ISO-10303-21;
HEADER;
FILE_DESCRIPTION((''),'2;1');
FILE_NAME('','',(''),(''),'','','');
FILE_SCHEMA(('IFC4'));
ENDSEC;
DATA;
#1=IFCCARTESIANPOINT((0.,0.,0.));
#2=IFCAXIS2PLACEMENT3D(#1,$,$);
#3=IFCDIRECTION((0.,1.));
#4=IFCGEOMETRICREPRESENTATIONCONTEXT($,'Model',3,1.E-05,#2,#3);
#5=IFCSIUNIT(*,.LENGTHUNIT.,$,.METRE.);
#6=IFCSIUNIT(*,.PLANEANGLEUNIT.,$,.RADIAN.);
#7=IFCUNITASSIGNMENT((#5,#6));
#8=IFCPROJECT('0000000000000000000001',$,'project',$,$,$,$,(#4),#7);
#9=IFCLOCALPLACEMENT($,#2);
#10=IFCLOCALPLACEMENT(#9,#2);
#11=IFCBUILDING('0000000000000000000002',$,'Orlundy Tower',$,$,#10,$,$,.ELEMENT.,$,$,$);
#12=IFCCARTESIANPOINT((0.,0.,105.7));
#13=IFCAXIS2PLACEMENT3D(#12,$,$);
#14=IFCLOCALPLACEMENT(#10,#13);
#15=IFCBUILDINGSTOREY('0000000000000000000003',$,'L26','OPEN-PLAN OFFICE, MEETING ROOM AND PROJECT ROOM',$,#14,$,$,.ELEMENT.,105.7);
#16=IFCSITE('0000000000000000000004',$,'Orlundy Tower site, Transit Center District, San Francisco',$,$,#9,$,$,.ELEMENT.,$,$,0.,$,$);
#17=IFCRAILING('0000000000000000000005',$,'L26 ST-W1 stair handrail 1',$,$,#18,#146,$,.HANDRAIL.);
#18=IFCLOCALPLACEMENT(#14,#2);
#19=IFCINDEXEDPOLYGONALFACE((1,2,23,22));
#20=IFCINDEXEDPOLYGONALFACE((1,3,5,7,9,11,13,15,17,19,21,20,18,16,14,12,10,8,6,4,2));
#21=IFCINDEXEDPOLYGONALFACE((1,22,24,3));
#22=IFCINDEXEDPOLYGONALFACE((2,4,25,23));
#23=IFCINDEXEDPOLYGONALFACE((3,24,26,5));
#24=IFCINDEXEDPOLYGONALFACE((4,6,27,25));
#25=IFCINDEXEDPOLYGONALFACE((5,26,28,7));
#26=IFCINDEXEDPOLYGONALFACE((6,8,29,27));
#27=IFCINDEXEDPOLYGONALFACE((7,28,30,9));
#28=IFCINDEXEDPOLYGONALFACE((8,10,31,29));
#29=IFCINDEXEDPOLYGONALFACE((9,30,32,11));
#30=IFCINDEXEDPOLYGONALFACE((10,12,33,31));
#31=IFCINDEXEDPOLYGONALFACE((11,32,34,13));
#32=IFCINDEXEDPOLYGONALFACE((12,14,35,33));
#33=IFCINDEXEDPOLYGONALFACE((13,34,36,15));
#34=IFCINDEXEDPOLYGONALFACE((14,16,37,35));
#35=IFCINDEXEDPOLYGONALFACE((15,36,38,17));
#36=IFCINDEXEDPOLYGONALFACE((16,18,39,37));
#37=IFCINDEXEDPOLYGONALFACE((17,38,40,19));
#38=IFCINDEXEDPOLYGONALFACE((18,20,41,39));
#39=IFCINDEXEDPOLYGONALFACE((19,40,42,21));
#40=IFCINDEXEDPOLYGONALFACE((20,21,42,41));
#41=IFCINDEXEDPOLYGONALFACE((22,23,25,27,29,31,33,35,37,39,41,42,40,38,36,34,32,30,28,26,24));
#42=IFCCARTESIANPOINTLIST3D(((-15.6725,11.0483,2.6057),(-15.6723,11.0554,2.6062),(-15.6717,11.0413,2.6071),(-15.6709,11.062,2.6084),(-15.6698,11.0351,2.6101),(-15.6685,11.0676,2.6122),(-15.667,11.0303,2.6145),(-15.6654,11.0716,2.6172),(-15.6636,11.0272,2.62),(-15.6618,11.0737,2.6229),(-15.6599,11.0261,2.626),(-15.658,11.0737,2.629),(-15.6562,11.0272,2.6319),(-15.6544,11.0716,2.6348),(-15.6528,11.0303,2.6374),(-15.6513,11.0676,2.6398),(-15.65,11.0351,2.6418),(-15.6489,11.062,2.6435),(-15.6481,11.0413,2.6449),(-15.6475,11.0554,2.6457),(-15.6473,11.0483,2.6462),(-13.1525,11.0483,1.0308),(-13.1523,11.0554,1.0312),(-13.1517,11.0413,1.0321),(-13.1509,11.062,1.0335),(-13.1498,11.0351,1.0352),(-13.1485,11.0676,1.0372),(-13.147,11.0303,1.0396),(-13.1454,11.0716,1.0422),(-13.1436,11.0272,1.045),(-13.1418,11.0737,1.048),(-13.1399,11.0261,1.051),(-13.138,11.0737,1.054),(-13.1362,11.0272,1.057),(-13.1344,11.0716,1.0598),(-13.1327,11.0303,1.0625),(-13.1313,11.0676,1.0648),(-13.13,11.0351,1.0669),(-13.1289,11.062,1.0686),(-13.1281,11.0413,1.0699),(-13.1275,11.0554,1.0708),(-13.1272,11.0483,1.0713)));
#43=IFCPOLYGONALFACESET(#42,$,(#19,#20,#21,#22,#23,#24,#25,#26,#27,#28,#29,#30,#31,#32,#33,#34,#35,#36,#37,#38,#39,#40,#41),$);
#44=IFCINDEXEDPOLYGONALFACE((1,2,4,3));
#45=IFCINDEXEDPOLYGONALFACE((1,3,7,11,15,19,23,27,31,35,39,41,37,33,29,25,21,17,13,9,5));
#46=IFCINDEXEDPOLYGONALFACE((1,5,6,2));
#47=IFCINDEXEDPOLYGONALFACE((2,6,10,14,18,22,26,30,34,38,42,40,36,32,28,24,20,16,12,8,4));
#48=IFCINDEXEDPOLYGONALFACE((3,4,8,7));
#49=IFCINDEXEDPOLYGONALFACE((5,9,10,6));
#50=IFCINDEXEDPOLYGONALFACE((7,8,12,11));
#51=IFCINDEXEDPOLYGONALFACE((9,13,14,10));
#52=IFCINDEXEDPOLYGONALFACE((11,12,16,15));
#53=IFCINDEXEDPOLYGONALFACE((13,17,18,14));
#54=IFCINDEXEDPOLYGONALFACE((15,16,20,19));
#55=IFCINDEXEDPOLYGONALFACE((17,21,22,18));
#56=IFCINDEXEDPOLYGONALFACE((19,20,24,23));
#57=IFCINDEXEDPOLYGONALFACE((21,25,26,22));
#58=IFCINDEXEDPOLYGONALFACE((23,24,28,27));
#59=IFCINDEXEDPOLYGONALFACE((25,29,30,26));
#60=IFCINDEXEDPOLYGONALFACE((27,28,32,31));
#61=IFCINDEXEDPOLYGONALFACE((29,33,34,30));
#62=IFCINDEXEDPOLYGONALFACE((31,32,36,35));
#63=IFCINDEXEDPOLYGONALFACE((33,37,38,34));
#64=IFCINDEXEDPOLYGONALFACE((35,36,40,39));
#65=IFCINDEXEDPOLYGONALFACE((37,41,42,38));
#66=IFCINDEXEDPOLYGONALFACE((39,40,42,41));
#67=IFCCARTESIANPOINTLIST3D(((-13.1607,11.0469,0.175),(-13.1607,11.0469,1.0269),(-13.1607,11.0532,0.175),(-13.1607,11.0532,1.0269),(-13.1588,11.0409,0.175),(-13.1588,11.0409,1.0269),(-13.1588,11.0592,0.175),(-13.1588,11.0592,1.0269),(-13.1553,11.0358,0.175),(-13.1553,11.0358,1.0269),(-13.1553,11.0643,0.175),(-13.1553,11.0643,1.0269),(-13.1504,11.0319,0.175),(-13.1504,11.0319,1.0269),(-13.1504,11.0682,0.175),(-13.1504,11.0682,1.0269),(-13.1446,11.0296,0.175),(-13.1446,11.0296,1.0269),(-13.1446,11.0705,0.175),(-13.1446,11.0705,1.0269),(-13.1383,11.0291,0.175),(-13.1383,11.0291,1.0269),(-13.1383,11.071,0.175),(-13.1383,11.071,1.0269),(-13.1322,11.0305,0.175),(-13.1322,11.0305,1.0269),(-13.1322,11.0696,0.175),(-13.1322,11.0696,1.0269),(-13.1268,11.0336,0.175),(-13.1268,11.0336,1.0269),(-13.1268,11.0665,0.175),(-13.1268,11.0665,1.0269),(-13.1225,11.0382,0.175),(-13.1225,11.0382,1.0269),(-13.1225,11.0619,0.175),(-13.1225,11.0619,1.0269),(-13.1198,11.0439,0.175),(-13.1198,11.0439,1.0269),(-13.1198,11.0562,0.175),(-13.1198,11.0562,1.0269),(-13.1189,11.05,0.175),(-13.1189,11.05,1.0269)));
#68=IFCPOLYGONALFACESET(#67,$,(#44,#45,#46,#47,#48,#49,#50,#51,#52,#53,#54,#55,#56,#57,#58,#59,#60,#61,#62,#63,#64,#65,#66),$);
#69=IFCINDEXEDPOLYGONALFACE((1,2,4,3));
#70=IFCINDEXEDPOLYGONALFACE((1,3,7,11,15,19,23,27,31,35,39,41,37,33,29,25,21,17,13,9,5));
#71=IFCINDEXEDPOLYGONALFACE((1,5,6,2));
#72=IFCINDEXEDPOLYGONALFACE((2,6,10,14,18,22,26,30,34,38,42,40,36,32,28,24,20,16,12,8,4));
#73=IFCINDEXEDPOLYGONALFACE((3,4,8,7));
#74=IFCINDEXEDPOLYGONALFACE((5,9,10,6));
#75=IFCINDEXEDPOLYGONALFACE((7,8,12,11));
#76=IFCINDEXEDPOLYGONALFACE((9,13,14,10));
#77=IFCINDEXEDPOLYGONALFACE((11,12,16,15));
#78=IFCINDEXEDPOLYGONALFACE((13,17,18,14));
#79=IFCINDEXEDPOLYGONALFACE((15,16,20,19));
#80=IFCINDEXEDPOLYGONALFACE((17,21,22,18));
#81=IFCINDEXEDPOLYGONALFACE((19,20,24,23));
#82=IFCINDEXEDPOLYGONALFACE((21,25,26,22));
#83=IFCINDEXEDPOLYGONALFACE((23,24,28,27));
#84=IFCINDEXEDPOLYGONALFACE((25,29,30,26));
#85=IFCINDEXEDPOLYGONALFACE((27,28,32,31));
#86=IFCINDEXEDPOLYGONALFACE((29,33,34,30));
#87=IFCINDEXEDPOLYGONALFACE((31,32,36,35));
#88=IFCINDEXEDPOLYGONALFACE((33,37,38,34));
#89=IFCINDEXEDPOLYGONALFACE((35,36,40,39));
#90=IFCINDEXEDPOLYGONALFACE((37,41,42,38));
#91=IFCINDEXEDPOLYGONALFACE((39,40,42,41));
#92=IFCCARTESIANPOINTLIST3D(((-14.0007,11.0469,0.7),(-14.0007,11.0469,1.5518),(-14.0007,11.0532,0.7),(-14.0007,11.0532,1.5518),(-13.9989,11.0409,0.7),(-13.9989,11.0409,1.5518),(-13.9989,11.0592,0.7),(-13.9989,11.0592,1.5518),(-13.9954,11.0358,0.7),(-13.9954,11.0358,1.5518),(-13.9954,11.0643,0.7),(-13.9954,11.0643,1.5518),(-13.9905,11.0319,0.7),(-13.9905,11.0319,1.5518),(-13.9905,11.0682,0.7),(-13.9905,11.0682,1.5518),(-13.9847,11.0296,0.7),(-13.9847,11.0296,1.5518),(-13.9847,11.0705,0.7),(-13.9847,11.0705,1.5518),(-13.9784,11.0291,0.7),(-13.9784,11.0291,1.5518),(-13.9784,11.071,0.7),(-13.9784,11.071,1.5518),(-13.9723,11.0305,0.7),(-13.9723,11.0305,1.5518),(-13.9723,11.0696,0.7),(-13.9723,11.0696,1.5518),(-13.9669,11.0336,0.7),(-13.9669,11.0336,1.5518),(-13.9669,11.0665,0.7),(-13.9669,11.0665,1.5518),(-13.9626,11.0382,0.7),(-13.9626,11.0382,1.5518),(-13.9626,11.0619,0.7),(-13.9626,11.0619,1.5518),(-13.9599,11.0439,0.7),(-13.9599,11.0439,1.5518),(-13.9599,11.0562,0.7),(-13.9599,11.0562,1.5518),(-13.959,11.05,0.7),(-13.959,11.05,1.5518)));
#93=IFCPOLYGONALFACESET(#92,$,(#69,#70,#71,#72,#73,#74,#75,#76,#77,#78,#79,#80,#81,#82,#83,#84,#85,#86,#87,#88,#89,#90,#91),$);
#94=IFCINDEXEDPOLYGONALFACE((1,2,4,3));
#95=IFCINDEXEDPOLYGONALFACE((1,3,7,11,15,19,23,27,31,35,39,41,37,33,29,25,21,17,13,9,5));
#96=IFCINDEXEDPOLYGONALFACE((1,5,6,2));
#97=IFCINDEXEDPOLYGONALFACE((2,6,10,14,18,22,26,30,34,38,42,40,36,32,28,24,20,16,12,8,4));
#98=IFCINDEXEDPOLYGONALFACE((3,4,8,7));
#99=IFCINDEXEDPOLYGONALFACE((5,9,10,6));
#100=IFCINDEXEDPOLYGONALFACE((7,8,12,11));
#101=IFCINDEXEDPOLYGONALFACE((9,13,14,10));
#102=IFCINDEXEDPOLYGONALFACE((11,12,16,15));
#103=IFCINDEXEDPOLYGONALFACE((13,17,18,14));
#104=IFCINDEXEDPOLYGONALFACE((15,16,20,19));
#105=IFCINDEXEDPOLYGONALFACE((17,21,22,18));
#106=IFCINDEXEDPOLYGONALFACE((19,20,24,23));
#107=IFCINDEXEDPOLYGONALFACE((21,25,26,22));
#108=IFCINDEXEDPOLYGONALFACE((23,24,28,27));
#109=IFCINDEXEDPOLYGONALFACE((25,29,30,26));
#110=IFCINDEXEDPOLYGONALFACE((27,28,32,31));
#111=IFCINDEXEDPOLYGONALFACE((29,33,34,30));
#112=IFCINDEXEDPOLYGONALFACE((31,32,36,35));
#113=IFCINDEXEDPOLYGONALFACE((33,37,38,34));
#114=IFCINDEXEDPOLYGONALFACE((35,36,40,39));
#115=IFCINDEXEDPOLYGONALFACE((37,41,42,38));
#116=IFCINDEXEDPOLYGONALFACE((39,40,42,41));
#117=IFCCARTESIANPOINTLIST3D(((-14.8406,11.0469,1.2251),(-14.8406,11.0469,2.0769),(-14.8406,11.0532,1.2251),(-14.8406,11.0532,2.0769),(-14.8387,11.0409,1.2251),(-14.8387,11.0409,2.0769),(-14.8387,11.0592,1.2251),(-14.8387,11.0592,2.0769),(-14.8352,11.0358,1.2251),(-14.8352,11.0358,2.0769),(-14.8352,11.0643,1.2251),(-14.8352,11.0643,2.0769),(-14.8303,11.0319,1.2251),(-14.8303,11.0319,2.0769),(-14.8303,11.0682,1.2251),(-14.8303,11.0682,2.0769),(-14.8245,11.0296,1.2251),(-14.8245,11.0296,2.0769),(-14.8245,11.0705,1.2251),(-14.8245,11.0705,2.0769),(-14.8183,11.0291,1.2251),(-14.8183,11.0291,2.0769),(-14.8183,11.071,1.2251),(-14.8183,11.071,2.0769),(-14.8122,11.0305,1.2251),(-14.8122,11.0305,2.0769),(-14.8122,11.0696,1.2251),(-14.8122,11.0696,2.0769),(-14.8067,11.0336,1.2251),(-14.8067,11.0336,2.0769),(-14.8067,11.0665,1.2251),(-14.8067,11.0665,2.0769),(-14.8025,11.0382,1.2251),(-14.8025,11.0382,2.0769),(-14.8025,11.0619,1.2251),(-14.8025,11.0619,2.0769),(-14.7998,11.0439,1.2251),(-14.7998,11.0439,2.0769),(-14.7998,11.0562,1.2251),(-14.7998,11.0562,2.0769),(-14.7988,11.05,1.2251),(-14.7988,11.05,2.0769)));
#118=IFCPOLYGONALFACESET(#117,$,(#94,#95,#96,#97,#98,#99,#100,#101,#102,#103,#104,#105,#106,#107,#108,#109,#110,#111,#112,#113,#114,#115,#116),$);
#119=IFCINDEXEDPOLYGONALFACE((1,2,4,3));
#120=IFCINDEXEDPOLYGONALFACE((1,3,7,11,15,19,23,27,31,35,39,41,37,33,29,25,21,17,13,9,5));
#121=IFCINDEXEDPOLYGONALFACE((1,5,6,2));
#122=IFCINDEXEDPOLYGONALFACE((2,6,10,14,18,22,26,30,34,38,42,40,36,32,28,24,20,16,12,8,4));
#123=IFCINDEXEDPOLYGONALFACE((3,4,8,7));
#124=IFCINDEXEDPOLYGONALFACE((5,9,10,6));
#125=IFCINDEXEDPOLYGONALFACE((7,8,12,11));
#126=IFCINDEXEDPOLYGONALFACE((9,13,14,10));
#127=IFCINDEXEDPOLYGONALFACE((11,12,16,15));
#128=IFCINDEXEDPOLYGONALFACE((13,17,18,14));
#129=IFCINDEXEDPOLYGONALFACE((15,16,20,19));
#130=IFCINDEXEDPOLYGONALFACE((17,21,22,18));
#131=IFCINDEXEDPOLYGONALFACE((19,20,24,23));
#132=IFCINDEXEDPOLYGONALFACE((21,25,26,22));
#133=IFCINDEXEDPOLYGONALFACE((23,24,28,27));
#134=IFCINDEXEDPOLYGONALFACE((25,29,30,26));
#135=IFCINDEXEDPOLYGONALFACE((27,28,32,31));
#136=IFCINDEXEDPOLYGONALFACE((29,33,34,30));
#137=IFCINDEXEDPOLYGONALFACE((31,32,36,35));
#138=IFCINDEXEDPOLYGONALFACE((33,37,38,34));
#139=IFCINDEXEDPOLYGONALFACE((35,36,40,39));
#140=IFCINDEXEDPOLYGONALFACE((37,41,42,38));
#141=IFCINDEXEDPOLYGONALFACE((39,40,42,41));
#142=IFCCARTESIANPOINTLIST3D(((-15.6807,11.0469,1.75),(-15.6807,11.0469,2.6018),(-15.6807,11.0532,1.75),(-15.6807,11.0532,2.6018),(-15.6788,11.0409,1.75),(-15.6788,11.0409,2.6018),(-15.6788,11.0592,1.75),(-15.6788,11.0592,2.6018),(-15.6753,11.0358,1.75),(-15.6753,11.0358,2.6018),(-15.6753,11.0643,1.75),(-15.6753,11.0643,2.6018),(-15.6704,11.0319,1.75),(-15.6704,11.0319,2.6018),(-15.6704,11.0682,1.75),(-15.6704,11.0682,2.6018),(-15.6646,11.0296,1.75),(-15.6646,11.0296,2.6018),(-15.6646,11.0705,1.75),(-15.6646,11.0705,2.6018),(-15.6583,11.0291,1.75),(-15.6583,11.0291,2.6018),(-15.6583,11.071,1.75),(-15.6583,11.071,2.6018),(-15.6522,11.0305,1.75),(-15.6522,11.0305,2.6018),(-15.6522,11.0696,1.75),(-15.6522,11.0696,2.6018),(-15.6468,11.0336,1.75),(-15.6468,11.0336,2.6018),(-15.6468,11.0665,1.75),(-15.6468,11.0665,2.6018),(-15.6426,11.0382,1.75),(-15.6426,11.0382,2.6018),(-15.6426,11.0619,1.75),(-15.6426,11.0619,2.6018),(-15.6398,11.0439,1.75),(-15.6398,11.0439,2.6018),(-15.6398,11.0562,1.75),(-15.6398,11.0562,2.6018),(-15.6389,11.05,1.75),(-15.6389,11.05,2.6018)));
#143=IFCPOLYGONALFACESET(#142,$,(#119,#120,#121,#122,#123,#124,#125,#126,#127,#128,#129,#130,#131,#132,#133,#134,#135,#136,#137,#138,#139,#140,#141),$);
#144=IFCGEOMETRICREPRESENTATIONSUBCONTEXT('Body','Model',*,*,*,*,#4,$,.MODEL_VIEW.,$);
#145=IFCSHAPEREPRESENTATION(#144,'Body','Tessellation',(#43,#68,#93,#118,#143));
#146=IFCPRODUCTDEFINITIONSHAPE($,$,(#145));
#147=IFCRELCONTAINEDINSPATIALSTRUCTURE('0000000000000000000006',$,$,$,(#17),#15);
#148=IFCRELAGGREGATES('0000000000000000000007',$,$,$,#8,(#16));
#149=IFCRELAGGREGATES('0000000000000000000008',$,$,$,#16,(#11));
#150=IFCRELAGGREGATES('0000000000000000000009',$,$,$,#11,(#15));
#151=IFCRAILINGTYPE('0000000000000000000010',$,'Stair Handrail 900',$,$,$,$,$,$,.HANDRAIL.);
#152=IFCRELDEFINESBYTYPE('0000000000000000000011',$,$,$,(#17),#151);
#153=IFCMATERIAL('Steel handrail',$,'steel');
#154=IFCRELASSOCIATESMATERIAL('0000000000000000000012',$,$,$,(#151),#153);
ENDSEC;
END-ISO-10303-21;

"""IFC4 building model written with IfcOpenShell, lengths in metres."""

from ifc_helpers import new_model, si_unit, direction, frame, origin, origin_2d, place, context, subcontext, project, spatial, circle, extrude, material, type_object, element, save


model = new_model("IFC4")

# Units and contexts
model_context = context("Model", 3, precision=1e-05, world=origin(), true_north=direction((0.0, 1.0)))
body_context = subcontext(model_context, "Body", "Model", "MODEL_VIEW")
ifc_project = project(units=[si_unit("LENGTHUNIT", "METRE"), si_unit("PLANEANGLEUNIT", "RADIAN")], contexts=[model_context])

# Site, building, storey
site_placement = place(None, origin())
site = spatial("IfcSite", under=ifc_project, at=site_placement, Name="Orlundy Tower site, Transit Center District, San Francisco", CompositionType="ELEMENT", RefElevation=0.0)
building_placement = place(site_placement, origin())
building = spatial("IfcBuilding", under=site, at=building_placement, Name="Orlundy Tower", CompositionType="ELEMENT")
storey_placement = place(building_placement, frame((0.0, 0.0, 105.7)))
storey = spatial("IfcBuildingStorey", under=building, at=storey_placement, Name="L26", Description="OPEN-PLAN OFFICE, MEETING ROOM AND PROJECT ROOM", CompositionType="ELEMENT", Elevation=105.7)

# Railing
ifc_material_1 = material(Name="Steel handrail", Category="steel")
railing_type_1 = type_object("IfcRailingType", Name="Stair Handrail 900", PredefinedType="HANDRAIL", material=ifc_material_1)
railing_1_placement = place(storey_placement, frame((-13.1399, 11.05, 0.175)))
element("IfcRailing", 1, at=railing_1_placement, inside=storey, type_object=railing_type_1, Name="L26 ST-W1 stair handrail 1", PredefinedType="HANDRAIL", context=body_context, shape_type="SweptSolid", body=[
    extrude(circle(Radius=0.0239, at=origin_2d()), frame((0.0, 0.0, 0.876), z_axis=(-0.848008, 0.0, 0.529984), x_axis=(0.0, -1.0, 0.0)), (0.0, 0.0, 1.0), 2.9717),
    extrude(circle(Radius=0.021, at=origin_2d()), origin(), (0.0, 0.0, 1.0), 0.8518),
    extrude(circle(Radius=0.021, at=origin_2d()), frame((-0.8401, 0.0, 0.5249)), (0.0, 0.0, 1.0), 0.8518),
    extrude(circle(Radius=0.021, at=origin_2d()), frame((-1.6799, 0.0, 1.05)), (0.0, 0.0, 1.0), 0.8518),
    extrude(circle(Radius=0.021, at=origin_2d()), frame((-2.52, 0.0, 1.575)), (0.0, 0.0, 1.0), 0.8518),
])

save(model, "model.ifc")
